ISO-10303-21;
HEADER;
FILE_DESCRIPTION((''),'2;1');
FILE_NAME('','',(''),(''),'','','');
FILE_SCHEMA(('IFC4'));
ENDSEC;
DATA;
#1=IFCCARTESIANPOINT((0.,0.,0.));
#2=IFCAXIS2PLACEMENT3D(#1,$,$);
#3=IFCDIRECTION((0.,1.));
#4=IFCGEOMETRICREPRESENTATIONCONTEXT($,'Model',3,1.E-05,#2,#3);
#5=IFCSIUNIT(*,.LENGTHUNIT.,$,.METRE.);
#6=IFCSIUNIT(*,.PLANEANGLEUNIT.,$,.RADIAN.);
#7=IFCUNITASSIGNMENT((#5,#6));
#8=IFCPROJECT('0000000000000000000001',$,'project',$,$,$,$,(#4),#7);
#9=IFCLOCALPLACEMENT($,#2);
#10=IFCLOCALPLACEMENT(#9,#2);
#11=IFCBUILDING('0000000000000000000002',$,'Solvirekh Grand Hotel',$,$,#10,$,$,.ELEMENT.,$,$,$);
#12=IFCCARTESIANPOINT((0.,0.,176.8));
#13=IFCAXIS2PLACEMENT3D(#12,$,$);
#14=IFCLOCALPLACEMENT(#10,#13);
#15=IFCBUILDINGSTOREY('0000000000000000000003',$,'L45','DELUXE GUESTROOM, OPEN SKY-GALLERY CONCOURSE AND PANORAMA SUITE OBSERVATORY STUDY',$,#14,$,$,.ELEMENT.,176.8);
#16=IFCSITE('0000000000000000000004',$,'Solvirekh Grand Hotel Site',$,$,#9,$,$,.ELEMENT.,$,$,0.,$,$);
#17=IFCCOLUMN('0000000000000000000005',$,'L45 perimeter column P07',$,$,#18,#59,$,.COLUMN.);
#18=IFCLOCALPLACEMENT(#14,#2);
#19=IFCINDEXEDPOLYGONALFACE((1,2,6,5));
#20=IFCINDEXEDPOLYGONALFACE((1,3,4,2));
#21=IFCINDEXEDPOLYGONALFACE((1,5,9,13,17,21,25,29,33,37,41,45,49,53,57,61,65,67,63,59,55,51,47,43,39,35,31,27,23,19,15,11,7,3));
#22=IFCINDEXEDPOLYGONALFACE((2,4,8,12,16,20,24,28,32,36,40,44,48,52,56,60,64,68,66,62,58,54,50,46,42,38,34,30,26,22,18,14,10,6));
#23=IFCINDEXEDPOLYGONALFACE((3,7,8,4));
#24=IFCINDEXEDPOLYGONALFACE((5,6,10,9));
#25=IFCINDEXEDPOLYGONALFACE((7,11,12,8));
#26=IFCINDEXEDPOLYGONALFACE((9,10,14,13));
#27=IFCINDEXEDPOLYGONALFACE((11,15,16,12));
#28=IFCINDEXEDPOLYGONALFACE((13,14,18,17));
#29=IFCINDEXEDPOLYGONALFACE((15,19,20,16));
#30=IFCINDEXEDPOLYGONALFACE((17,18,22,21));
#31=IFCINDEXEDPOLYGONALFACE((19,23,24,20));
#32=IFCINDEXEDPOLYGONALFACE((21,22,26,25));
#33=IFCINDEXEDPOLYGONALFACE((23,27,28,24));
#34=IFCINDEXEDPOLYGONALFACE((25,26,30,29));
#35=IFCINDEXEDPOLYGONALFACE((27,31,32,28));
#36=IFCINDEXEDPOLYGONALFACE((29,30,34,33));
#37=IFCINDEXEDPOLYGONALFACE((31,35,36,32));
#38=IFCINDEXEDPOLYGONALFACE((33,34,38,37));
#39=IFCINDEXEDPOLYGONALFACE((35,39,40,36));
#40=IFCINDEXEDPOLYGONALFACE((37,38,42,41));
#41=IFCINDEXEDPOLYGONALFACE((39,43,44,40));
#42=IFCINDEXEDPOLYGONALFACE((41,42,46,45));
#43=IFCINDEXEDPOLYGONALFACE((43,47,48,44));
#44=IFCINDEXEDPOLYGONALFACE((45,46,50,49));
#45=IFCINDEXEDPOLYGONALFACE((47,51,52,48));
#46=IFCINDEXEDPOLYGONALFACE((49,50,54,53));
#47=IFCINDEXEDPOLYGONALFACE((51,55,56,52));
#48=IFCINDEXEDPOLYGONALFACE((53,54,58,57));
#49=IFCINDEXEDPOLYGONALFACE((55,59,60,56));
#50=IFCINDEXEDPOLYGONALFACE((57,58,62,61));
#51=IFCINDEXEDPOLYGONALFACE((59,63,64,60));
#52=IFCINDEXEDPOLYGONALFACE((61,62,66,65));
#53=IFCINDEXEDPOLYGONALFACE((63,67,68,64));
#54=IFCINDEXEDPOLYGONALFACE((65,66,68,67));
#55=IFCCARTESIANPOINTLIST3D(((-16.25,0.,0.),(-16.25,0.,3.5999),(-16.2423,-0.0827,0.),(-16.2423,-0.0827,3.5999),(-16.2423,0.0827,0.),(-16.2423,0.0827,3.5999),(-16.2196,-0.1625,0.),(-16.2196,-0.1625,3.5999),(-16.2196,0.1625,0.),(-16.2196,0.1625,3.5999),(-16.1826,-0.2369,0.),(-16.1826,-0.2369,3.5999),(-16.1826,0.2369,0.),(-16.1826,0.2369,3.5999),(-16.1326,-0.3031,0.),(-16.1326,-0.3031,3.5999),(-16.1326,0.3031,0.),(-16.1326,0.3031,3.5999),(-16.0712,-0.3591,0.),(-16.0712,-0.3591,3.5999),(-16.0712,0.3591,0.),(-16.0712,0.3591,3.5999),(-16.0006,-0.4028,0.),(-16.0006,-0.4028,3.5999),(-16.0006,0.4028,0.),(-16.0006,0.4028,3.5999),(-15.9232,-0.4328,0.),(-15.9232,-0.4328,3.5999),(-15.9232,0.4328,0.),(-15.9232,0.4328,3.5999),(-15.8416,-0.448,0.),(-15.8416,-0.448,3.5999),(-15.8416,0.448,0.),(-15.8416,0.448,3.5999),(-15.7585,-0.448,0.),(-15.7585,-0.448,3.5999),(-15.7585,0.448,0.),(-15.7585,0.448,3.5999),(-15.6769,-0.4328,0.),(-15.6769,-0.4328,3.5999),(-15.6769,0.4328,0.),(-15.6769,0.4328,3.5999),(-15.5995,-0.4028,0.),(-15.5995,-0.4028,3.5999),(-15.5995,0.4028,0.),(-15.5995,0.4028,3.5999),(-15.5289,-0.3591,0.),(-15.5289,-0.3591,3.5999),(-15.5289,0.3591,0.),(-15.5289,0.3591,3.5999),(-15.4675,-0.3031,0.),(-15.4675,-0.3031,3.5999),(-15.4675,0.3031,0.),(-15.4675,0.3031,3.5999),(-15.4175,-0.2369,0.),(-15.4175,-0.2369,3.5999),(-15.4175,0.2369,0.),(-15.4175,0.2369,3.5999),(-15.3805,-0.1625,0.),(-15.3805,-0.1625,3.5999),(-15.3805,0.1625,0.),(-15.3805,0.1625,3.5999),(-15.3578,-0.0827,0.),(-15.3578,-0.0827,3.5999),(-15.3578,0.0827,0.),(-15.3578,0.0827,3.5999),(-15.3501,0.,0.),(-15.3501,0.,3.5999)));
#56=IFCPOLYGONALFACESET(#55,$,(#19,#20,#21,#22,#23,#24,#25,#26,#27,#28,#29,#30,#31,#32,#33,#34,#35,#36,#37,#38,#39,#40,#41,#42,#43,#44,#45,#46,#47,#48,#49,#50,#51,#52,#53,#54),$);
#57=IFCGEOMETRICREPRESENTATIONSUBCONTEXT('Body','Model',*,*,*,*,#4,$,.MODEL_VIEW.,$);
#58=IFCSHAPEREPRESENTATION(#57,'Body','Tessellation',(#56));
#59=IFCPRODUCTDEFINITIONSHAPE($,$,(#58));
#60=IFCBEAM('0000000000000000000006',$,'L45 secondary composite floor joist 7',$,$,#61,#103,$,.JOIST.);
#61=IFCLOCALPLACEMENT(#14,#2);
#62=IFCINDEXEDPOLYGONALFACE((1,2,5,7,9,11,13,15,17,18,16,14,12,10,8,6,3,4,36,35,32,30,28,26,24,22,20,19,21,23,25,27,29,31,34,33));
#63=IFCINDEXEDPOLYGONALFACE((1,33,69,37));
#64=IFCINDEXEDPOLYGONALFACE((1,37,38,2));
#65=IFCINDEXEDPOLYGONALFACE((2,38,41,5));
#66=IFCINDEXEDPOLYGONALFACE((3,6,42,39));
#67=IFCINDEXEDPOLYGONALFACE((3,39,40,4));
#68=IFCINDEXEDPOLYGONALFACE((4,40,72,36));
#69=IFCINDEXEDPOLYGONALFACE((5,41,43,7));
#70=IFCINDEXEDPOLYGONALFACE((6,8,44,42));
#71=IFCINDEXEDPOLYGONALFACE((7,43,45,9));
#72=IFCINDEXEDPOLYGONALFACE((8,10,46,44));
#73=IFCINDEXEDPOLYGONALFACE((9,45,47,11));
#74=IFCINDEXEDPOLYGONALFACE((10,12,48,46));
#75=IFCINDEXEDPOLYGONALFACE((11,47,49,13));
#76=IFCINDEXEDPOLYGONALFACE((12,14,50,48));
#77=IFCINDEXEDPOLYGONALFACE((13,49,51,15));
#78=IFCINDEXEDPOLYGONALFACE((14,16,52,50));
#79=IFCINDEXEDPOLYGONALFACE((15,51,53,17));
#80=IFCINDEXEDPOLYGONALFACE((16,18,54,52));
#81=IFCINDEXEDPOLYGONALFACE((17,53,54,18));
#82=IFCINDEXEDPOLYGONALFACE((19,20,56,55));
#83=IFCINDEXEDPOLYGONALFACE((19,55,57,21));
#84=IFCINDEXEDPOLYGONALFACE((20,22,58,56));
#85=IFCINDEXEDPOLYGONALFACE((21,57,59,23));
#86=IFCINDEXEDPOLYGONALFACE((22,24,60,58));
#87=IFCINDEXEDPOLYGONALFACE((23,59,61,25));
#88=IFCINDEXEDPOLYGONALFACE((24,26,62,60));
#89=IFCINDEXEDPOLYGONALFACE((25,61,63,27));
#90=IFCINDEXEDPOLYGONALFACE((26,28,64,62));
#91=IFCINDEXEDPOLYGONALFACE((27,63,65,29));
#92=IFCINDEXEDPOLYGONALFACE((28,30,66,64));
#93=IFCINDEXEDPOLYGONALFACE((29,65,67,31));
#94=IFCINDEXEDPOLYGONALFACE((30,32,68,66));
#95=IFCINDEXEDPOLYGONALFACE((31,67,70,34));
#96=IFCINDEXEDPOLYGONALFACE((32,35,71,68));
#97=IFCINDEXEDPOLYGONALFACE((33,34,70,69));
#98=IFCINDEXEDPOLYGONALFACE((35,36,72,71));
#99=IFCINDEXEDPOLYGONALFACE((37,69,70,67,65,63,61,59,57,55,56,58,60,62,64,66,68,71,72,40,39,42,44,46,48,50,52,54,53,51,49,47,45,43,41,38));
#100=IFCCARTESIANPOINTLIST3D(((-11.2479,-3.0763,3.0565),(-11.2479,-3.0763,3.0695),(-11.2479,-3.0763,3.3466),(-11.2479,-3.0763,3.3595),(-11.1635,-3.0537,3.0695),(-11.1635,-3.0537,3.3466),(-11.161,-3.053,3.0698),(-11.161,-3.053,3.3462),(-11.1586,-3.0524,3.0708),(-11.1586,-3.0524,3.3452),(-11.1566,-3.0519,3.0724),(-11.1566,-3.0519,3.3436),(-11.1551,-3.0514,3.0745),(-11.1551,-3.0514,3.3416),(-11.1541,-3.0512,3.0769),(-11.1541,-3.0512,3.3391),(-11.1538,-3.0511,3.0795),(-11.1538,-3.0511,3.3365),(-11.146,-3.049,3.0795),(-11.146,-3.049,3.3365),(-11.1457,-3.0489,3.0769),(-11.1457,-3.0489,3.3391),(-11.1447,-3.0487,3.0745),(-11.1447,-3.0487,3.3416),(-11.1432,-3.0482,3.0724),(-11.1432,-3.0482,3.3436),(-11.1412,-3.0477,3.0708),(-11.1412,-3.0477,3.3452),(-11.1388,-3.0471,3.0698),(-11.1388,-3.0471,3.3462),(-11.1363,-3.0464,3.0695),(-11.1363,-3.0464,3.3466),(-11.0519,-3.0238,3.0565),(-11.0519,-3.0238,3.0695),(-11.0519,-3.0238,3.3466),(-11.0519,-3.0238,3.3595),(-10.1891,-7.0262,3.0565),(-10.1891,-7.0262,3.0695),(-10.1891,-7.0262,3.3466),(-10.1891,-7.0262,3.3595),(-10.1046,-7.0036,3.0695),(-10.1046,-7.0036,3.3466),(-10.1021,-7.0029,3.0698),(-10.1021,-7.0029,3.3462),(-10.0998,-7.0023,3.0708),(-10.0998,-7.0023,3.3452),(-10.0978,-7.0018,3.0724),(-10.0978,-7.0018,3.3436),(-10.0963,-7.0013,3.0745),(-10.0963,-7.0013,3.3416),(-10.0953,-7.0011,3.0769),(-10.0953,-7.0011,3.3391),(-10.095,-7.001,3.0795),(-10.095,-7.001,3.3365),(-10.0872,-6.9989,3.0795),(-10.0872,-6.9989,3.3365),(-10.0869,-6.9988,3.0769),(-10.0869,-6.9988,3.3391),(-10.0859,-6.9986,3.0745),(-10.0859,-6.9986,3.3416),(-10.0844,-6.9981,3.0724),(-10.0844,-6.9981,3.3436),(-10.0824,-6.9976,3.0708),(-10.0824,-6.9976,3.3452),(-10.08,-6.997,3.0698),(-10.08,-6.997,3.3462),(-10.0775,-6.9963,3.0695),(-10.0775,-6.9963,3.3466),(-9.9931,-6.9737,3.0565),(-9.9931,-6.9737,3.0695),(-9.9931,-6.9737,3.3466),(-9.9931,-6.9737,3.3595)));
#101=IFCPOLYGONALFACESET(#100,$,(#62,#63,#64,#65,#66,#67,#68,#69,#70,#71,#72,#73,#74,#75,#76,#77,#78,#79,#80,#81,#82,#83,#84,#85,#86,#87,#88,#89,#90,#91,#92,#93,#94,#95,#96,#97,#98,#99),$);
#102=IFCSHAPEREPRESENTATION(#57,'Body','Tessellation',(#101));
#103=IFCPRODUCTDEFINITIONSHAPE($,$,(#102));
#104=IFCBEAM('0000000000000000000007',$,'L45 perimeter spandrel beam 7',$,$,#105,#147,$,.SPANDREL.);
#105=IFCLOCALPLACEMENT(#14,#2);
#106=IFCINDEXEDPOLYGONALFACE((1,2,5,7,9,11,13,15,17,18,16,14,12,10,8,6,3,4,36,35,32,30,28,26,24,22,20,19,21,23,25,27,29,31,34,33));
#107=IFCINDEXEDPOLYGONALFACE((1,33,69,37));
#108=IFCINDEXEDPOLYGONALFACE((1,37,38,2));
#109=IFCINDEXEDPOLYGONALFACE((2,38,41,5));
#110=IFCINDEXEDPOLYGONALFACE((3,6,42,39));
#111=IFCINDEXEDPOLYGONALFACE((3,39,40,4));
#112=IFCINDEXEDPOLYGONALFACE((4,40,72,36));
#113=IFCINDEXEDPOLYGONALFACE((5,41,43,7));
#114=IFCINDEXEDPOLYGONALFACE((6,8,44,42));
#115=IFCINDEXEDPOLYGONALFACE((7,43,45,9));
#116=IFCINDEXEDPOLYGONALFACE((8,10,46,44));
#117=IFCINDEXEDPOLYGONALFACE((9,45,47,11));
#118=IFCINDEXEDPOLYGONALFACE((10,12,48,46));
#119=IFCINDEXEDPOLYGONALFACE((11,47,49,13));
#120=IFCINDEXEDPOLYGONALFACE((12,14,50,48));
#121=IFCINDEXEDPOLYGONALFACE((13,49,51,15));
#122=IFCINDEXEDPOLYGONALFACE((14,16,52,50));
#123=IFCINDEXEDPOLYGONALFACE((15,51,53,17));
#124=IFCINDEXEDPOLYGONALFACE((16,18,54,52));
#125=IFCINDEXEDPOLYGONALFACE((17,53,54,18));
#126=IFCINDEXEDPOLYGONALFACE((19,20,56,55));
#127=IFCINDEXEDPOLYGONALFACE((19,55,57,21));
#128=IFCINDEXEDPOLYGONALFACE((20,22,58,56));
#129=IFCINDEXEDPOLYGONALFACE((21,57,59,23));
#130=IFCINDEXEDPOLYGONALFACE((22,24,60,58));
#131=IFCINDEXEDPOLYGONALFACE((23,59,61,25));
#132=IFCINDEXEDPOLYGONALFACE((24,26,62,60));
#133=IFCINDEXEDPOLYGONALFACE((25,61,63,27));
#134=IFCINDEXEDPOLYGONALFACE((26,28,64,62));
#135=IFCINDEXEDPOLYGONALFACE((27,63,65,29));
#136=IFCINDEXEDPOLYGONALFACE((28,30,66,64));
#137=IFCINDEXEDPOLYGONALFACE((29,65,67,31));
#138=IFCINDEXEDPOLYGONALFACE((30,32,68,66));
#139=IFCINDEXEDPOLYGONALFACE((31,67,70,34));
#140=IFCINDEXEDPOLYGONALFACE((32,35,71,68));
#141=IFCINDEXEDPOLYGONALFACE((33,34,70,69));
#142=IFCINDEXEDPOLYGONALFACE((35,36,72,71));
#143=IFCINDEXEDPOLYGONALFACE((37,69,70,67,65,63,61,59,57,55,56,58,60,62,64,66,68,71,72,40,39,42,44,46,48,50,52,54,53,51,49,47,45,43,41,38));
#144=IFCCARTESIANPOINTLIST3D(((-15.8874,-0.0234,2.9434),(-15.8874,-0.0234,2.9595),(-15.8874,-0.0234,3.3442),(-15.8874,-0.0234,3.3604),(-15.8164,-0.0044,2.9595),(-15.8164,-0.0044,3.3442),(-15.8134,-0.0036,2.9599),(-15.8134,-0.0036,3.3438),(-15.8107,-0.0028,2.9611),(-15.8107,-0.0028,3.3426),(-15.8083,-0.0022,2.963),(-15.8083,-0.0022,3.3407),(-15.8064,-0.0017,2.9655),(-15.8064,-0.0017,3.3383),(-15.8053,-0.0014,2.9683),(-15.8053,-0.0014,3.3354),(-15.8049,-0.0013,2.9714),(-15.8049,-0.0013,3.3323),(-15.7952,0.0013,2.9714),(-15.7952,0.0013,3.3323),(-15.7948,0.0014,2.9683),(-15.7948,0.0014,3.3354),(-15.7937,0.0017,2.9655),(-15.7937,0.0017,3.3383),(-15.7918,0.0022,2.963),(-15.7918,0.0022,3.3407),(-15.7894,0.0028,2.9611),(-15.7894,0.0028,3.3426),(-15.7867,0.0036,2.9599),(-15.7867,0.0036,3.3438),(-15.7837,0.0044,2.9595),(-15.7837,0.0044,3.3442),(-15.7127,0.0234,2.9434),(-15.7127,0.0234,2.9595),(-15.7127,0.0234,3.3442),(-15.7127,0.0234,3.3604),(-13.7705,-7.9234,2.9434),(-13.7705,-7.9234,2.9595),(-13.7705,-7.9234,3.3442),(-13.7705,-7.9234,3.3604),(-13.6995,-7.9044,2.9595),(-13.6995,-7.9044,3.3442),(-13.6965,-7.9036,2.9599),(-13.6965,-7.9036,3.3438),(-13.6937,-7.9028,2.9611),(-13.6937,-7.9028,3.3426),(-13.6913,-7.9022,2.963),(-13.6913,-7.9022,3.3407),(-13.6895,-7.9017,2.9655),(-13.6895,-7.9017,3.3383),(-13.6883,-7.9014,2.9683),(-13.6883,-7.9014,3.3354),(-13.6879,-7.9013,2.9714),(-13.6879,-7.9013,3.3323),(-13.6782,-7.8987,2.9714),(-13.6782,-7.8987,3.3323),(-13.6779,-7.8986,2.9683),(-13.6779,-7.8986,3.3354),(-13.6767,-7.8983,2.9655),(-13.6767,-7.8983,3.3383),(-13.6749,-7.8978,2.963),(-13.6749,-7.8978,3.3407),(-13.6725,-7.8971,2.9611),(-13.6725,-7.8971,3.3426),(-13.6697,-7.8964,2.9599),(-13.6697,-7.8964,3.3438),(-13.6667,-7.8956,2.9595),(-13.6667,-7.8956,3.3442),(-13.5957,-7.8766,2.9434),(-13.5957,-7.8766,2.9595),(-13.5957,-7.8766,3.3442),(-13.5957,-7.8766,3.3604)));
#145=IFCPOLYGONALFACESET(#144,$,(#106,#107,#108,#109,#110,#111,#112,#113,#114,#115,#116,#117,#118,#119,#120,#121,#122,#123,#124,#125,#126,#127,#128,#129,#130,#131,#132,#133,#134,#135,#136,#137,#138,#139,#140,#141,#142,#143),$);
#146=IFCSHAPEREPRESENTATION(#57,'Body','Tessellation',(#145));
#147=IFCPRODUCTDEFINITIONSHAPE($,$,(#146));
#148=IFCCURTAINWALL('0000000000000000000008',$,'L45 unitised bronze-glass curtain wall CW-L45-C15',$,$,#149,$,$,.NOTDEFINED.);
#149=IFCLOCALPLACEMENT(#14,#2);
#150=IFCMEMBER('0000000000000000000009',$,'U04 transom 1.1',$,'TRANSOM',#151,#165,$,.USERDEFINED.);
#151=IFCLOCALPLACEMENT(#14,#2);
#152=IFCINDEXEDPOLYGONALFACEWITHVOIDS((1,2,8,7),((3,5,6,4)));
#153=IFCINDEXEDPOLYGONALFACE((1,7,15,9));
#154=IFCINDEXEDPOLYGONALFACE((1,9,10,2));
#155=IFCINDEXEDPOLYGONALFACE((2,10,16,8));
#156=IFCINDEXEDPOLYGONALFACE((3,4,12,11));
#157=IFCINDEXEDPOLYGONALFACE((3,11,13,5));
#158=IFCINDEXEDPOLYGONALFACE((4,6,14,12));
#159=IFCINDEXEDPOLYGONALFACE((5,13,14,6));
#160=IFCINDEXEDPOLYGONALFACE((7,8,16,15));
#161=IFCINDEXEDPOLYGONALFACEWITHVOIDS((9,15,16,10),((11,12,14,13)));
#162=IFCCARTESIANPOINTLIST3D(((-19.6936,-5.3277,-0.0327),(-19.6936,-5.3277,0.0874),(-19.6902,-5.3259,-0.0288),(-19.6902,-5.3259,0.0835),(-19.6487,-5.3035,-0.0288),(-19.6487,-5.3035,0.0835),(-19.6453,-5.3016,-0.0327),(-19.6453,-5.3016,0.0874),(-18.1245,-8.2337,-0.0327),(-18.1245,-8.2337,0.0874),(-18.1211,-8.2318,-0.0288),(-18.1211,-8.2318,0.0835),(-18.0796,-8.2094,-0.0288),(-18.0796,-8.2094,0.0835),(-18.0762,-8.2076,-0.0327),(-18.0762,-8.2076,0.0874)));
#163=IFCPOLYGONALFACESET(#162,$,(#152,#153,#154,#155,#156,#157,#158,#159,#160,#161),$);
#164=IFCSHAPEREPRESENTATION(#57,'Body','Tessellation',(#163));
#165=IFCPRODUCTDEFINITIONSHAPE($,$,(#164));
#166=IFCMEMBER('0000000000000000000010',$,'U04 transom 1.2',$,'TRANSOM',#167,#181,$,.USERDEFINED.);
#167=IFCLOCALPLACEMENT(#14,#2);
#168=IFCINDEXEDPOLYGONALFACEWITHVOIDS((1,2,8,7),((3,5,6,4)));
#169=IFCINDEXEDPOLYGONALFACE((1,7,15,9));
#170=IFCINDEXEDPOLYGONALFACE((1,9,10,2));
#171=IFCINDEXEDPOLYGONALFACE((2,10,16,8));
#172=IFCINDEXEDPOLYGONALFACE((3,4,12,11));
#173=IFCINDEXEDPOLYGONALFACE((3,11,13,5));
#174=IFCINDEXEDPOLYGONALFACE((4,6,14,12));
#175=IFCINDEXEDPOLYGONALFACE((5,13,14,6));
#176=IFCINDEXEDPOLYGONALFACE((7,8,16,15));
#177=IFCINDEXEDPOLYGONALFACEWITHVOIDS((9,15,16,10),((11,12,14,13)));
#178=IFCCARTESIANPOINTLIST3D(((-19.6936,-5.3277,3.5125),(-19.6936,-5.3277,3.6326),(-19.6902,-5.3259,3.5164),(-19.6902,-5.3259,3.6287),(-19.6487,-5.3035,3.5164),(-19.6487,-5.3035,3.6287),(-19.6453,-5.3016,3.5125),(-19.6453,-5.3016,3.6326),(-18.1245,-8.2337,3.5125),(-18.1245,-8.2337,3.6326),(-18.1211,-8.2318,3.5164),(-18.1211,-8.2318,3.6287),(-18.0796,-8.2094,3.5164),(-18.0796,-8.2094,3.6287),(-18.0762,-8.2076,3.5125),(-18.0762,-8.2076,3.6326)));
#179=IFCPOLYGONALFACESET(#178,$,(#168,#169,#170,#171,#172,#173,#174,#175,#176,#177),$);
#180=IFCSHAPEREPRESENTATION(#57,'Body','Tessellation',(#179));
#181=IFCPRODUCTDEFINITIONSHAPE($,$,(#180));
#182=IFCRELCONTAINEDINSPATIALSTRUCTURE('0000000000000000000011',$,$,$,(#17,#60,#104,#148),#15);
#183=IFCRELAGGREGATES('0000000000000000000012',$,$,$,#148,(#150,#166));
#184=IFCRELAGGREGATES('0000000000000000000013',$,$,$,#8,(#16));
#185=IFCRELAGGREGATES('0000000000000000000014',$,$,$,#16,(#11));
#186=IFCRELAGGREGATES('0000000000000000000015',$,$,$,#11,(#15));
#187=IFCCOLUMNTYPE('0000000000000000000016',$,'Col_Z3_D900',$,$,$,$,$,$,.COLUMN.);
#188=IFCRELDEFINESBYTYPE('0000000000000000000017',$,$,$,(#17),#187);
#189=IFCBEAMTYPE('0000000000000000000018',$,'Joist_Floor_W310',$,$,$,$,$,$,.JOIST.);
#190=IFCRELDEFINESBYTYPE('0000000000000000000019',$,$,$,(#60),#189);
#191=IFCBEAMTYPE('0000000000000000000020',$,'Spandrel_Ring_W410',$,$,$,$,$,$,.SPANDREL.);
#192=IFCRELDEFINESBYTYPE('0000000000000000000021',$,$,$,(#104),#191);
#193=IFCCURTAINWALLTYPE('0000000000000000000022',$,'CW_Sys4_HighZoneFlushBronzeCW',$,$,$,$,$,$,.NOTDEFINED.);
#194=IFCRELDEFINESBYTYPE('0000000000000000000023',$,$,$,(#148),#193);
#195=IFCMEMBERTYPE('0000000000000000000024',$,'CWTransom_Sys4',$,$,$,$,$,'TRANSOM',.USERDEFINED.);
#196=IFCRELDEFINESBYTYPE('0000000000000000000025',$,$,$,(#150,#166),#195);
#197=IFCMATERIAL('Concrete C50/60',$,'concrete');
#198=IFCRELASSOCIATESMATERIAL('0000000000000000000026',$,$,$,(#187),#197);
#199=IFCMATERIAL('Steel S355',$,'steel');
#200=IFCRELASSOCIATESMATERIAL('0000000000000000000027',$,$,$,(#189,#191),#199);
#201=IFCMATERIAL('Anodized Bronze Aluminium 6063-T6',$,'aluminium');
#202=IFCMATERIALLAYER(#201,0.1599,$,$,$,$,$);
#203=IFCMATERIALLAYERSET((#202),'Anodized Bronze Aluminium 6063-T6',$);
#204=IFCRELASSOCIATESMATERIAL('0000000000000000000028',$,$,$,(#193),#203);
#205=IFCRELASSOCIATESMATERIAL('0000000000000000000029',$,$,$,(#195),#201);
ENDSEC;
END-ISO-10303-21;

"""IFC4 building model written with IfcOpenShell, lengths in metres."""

from ifc_helpers import new_model, si_unit, direction, frame, origin, origin_2d, place, context, subcontext, project, spatial, hollow_rectangle, circle, i_section, extrude, source, transform, mapped, material, layer, layer_set, material_profile, profile_set, type_object, element, aggregate, save


model = new_model("IFC4")

# Units and contexts
model_context = context("Model", 3, precision=1e-05, world=origin(), true_north=direction((0.0, 1.0)))
body_context = subcontext(model_context, "Body", "Model", "MODEL_VIEW")
ifc_project = project(units=[si_unit("LENGTHUNIT", "METRE"), si_unit("PLANEANGLEUNIT", "RADIAN")], contexts=[model_context])

# Site, building, storey
site_placement = place(None, origin())
site = spatial("IfcSite", under=ifc_project, at=site_placement, Name="Solvirekh Grand Hotel Site", CompositionType="ELEMENT", RefElevation=0.0)
building_placement = place(site_placement, origin())
building = spatial("IfcBuilding", under=site, at=building_placement, Name="Solvirekh Grand Hotel", CompositionType="ELEMENT")
storey_placement = place(building_placement, frame((0.0, 0.0, 176.8)))
storey = spatial("IfcBuildingStorey", under=building, at=storey_placement, Name="L45", Description="DELUXE GUESTROOM, OPEN SKY-GALLERY CONCOURSE AND PANORAMA SUITE OBSERVATORY STUDY", CompositionType="ELEMENT", Elevation=176.8)

# Column
ifc_material_1 = material(Name="Concrete C50/60", Category="concrete")
ifc_material_profile_1 = material_profile(ifc_material_1, circle(Radius=0.45, at=origin_2d()), Name="RC CIRC D900")
ifc_profile_set_1 = profile_set([ifc_material_profile_1], Name="Concrete C50/60")
column_type = type_object("IfcColumnType", Name="Col_Z3_D900", PredefinedType="COLUMN", material=ifc_profile_set_1)
column_placement = place(storey_placement, frame((-15.8, 0.0, 0.0), z_axis=(0.0, 0.0, 1.0), x_axis=(1.0, 0.0, 0.0)))
element("IfcColumn", 1, at=column_placement, inside=storey, type_object=column_type, Name="L45 perimeter column P07", PredefinedType="COLUMN", context=body_context, shape_type="SweptSolid", body=[
    extrude(circle(Radius=0.45, at=origin_2d()), origin(), (0.0, 0.0, 1.0), 3.5999),
])

# Beams
ifc_material_2 = material(Name="Steel S355", Category="steel")
ifc_material_profile_2 = material_profile(ifc_material_2, i_section(OverallWidth=0.2029, OverallDepth=0.303, WebThickness=0.0081, FlangeThickness=0.0129, FilletRadius=0.01, at=origin_2d()), Name="W310X60")
ifc_profile_set_2 = profile_set([ifc_material_profile_2], Name="Steel S355")
beam_type_1 = type_object("IfcBeamType", Name="Joist_Floor_W310", PredefinedType="JOIST", material=ifc_profile_set_2)
beam_1_placement = place(storey_placement, frame((-11.1499, -3.05, 3.208), z_axis=(0.258922, -0.965898, 0.0), x_axis=(0.965898, 0.258922, 0.0)))
element("IfcBeam", 2, at=beam_1_placement, inside=storey, type_object=beam_type_1, Name="L45 secondary composite floor joist 7", PredefinedType="JOIST", context=body_context, shape_type="SweptSolid", body=[
    extrude(i_section(OverallWidth=0.2029, OverallDepth=0.303, WebThickness=0.0081, FlangeThickness=0.0129, FilletRadius=0.01, at=origin_2d()), origin(), (0.0, 0.0, 1.0), 4.0894),
])
ifc_material_profile_3 = material_profile(ifc_material_2, i_section(OverallWidth=0.1809, OverallDepth=0.417, WebThickness=0.01, FlangeThickness=0.0161, FilletRadius=0.012, at=origin_2d()), Name="W410X85")
ifc_profile_set_3 = profile_set([ifc_material_profile_3], Name="Steel S355")
beam_type_2 = type_object("IfcBeamType", Name="Spandrel_Ring_W410", PredefinedType="SPANDREL", material=ifc_profile_set_3)
beam_2_placement = place(storey_placement, frame((-15.8, 0.0, 3.1519), z_axis=(0.258839, -0.965921, 0.0), x_axis=(0.965921, 0.258839, 0.0)))
element("IfcBeam", 3, at=beam_2_placement, inside=storey, type_object=beam_type_2, Name="L45 perimeter spandrel beam 7", PredefinedType="SPANDREL", context=body_context, shape_type="SweptSolid", body=[
    extrude(i_section(OverallWidth=0.1809, OverallDepth=0.417, WebThickness=0.01, FlangeThickness=0.0161, FilletRadius=0.012, at=origin_2d()), origin(), (0.0, 0.0, 1.0), 8.1787),
])

# Curtain wall, members
ifc_material_3 = material(Name="Anodized Bronze Aluminium 6063-T6", Category="aluminium")
ifc_layer_1 = layer(ifc_material_3, 0.1599)
ifc_layer_set_1 = layer_set([ifc_layer_1], Name="Anodized Bronze Aluminium 6063-T6")
curtain_wall_type = type_object("IfcCurtainWallType", Name="CW_Sys4_HighZoneFlushBronzeCW", PredefinedType="NOTDEFINED", material=ifc_layer_set_1)
curtain_wall_placement = place(storey_placement, origin())
curtain_wall = element("IfcCurtainWall", 4, at=curtain_wall_placement, inside=storey, type_object=curtain_wall_type, Name="L45 unitised bronze-glass curtain wall CW-L45-C15", PredefinedType="NOTDEFINED")
ifc_material_profile_4 = material_profile(ifc_material_3, hollow_rectangle(XDim=0.0549, YDim=0.1201, WallThickness=0.0039, at=origin_2d()), Name="ALU RHS 120X55X4")
ifc_profile_set_4 = profile_set([ifc_material_profile_4], Name="Anodized Bronze Aluminium 6063-T6")
member_type_1 = type_object("IfcMemberType", Name="CWTransom_Sys4", ElementType="TRANSOM", PredefinedType="USERDEFINED", material=ifc_profile_set_4)
shared_shape_1 = source(origin(), body_context, "Body", "SweptSolid", [
    extrude(hollow_rectangle(XDim=0.0549, YDim=0.1201, WallThickness=0.0039, at=origin_2d()), origin(), (0.0, 0.0, 1.0), 3.3025),
])
member_1_placement = place(storey_placement, frame((-19.6694, -5.3147, 0.0273), z_axis=(0.475113, -0.879925, 0.0), x_axis=(0.879925, 0.475113, 0.0)))
member_1 = element("IfcMember", 5, at=member_1_placement, type_object=member_type_1, Name="U04 transom 1.1", ObjectType="TRANSOM", PredefinedType="USERDEFINED", context=body_context, shape_type="MappedRepresentation", body=[
    mapped(shared_shape_1, transform((0.0, 0.0, 0.0), x_axis=(1.0, 0.0, 0.0), y_axis=(0.0, 1.0, 0.0), z_axis=(0.0, 0.0, 1.0), scale=1.0)),
])
member_2_placement = place(storey_placement, frame((-19.6694, -5.3147, 3.5725), z_axis=(0.475113, -0.879925, 0.0), x_axis=(0.879925, 0.475113, 0.0)))
member_2 = element("IfcMember", 6, at=member_2_placement, type_object=member_type_1, Name="U04 transom 1.2", ObjectType="TRANSOM", PredefinedType="USERDEFINED", context=body_context, shape_type="MappedRepresentation", body=[
    mapped(shared_shape_1, transform((0.0, 0.0, 0.0), x_axis=(1.0, 0.0, 0.0), y_axis=(0.0, 1.0, 0.0), z_axis=(0.0, 0.0, 1.0), scale=1.0)),
])
aggregate(curtain_wall, [member_1, member_2])

save(model, "model.ifc")
